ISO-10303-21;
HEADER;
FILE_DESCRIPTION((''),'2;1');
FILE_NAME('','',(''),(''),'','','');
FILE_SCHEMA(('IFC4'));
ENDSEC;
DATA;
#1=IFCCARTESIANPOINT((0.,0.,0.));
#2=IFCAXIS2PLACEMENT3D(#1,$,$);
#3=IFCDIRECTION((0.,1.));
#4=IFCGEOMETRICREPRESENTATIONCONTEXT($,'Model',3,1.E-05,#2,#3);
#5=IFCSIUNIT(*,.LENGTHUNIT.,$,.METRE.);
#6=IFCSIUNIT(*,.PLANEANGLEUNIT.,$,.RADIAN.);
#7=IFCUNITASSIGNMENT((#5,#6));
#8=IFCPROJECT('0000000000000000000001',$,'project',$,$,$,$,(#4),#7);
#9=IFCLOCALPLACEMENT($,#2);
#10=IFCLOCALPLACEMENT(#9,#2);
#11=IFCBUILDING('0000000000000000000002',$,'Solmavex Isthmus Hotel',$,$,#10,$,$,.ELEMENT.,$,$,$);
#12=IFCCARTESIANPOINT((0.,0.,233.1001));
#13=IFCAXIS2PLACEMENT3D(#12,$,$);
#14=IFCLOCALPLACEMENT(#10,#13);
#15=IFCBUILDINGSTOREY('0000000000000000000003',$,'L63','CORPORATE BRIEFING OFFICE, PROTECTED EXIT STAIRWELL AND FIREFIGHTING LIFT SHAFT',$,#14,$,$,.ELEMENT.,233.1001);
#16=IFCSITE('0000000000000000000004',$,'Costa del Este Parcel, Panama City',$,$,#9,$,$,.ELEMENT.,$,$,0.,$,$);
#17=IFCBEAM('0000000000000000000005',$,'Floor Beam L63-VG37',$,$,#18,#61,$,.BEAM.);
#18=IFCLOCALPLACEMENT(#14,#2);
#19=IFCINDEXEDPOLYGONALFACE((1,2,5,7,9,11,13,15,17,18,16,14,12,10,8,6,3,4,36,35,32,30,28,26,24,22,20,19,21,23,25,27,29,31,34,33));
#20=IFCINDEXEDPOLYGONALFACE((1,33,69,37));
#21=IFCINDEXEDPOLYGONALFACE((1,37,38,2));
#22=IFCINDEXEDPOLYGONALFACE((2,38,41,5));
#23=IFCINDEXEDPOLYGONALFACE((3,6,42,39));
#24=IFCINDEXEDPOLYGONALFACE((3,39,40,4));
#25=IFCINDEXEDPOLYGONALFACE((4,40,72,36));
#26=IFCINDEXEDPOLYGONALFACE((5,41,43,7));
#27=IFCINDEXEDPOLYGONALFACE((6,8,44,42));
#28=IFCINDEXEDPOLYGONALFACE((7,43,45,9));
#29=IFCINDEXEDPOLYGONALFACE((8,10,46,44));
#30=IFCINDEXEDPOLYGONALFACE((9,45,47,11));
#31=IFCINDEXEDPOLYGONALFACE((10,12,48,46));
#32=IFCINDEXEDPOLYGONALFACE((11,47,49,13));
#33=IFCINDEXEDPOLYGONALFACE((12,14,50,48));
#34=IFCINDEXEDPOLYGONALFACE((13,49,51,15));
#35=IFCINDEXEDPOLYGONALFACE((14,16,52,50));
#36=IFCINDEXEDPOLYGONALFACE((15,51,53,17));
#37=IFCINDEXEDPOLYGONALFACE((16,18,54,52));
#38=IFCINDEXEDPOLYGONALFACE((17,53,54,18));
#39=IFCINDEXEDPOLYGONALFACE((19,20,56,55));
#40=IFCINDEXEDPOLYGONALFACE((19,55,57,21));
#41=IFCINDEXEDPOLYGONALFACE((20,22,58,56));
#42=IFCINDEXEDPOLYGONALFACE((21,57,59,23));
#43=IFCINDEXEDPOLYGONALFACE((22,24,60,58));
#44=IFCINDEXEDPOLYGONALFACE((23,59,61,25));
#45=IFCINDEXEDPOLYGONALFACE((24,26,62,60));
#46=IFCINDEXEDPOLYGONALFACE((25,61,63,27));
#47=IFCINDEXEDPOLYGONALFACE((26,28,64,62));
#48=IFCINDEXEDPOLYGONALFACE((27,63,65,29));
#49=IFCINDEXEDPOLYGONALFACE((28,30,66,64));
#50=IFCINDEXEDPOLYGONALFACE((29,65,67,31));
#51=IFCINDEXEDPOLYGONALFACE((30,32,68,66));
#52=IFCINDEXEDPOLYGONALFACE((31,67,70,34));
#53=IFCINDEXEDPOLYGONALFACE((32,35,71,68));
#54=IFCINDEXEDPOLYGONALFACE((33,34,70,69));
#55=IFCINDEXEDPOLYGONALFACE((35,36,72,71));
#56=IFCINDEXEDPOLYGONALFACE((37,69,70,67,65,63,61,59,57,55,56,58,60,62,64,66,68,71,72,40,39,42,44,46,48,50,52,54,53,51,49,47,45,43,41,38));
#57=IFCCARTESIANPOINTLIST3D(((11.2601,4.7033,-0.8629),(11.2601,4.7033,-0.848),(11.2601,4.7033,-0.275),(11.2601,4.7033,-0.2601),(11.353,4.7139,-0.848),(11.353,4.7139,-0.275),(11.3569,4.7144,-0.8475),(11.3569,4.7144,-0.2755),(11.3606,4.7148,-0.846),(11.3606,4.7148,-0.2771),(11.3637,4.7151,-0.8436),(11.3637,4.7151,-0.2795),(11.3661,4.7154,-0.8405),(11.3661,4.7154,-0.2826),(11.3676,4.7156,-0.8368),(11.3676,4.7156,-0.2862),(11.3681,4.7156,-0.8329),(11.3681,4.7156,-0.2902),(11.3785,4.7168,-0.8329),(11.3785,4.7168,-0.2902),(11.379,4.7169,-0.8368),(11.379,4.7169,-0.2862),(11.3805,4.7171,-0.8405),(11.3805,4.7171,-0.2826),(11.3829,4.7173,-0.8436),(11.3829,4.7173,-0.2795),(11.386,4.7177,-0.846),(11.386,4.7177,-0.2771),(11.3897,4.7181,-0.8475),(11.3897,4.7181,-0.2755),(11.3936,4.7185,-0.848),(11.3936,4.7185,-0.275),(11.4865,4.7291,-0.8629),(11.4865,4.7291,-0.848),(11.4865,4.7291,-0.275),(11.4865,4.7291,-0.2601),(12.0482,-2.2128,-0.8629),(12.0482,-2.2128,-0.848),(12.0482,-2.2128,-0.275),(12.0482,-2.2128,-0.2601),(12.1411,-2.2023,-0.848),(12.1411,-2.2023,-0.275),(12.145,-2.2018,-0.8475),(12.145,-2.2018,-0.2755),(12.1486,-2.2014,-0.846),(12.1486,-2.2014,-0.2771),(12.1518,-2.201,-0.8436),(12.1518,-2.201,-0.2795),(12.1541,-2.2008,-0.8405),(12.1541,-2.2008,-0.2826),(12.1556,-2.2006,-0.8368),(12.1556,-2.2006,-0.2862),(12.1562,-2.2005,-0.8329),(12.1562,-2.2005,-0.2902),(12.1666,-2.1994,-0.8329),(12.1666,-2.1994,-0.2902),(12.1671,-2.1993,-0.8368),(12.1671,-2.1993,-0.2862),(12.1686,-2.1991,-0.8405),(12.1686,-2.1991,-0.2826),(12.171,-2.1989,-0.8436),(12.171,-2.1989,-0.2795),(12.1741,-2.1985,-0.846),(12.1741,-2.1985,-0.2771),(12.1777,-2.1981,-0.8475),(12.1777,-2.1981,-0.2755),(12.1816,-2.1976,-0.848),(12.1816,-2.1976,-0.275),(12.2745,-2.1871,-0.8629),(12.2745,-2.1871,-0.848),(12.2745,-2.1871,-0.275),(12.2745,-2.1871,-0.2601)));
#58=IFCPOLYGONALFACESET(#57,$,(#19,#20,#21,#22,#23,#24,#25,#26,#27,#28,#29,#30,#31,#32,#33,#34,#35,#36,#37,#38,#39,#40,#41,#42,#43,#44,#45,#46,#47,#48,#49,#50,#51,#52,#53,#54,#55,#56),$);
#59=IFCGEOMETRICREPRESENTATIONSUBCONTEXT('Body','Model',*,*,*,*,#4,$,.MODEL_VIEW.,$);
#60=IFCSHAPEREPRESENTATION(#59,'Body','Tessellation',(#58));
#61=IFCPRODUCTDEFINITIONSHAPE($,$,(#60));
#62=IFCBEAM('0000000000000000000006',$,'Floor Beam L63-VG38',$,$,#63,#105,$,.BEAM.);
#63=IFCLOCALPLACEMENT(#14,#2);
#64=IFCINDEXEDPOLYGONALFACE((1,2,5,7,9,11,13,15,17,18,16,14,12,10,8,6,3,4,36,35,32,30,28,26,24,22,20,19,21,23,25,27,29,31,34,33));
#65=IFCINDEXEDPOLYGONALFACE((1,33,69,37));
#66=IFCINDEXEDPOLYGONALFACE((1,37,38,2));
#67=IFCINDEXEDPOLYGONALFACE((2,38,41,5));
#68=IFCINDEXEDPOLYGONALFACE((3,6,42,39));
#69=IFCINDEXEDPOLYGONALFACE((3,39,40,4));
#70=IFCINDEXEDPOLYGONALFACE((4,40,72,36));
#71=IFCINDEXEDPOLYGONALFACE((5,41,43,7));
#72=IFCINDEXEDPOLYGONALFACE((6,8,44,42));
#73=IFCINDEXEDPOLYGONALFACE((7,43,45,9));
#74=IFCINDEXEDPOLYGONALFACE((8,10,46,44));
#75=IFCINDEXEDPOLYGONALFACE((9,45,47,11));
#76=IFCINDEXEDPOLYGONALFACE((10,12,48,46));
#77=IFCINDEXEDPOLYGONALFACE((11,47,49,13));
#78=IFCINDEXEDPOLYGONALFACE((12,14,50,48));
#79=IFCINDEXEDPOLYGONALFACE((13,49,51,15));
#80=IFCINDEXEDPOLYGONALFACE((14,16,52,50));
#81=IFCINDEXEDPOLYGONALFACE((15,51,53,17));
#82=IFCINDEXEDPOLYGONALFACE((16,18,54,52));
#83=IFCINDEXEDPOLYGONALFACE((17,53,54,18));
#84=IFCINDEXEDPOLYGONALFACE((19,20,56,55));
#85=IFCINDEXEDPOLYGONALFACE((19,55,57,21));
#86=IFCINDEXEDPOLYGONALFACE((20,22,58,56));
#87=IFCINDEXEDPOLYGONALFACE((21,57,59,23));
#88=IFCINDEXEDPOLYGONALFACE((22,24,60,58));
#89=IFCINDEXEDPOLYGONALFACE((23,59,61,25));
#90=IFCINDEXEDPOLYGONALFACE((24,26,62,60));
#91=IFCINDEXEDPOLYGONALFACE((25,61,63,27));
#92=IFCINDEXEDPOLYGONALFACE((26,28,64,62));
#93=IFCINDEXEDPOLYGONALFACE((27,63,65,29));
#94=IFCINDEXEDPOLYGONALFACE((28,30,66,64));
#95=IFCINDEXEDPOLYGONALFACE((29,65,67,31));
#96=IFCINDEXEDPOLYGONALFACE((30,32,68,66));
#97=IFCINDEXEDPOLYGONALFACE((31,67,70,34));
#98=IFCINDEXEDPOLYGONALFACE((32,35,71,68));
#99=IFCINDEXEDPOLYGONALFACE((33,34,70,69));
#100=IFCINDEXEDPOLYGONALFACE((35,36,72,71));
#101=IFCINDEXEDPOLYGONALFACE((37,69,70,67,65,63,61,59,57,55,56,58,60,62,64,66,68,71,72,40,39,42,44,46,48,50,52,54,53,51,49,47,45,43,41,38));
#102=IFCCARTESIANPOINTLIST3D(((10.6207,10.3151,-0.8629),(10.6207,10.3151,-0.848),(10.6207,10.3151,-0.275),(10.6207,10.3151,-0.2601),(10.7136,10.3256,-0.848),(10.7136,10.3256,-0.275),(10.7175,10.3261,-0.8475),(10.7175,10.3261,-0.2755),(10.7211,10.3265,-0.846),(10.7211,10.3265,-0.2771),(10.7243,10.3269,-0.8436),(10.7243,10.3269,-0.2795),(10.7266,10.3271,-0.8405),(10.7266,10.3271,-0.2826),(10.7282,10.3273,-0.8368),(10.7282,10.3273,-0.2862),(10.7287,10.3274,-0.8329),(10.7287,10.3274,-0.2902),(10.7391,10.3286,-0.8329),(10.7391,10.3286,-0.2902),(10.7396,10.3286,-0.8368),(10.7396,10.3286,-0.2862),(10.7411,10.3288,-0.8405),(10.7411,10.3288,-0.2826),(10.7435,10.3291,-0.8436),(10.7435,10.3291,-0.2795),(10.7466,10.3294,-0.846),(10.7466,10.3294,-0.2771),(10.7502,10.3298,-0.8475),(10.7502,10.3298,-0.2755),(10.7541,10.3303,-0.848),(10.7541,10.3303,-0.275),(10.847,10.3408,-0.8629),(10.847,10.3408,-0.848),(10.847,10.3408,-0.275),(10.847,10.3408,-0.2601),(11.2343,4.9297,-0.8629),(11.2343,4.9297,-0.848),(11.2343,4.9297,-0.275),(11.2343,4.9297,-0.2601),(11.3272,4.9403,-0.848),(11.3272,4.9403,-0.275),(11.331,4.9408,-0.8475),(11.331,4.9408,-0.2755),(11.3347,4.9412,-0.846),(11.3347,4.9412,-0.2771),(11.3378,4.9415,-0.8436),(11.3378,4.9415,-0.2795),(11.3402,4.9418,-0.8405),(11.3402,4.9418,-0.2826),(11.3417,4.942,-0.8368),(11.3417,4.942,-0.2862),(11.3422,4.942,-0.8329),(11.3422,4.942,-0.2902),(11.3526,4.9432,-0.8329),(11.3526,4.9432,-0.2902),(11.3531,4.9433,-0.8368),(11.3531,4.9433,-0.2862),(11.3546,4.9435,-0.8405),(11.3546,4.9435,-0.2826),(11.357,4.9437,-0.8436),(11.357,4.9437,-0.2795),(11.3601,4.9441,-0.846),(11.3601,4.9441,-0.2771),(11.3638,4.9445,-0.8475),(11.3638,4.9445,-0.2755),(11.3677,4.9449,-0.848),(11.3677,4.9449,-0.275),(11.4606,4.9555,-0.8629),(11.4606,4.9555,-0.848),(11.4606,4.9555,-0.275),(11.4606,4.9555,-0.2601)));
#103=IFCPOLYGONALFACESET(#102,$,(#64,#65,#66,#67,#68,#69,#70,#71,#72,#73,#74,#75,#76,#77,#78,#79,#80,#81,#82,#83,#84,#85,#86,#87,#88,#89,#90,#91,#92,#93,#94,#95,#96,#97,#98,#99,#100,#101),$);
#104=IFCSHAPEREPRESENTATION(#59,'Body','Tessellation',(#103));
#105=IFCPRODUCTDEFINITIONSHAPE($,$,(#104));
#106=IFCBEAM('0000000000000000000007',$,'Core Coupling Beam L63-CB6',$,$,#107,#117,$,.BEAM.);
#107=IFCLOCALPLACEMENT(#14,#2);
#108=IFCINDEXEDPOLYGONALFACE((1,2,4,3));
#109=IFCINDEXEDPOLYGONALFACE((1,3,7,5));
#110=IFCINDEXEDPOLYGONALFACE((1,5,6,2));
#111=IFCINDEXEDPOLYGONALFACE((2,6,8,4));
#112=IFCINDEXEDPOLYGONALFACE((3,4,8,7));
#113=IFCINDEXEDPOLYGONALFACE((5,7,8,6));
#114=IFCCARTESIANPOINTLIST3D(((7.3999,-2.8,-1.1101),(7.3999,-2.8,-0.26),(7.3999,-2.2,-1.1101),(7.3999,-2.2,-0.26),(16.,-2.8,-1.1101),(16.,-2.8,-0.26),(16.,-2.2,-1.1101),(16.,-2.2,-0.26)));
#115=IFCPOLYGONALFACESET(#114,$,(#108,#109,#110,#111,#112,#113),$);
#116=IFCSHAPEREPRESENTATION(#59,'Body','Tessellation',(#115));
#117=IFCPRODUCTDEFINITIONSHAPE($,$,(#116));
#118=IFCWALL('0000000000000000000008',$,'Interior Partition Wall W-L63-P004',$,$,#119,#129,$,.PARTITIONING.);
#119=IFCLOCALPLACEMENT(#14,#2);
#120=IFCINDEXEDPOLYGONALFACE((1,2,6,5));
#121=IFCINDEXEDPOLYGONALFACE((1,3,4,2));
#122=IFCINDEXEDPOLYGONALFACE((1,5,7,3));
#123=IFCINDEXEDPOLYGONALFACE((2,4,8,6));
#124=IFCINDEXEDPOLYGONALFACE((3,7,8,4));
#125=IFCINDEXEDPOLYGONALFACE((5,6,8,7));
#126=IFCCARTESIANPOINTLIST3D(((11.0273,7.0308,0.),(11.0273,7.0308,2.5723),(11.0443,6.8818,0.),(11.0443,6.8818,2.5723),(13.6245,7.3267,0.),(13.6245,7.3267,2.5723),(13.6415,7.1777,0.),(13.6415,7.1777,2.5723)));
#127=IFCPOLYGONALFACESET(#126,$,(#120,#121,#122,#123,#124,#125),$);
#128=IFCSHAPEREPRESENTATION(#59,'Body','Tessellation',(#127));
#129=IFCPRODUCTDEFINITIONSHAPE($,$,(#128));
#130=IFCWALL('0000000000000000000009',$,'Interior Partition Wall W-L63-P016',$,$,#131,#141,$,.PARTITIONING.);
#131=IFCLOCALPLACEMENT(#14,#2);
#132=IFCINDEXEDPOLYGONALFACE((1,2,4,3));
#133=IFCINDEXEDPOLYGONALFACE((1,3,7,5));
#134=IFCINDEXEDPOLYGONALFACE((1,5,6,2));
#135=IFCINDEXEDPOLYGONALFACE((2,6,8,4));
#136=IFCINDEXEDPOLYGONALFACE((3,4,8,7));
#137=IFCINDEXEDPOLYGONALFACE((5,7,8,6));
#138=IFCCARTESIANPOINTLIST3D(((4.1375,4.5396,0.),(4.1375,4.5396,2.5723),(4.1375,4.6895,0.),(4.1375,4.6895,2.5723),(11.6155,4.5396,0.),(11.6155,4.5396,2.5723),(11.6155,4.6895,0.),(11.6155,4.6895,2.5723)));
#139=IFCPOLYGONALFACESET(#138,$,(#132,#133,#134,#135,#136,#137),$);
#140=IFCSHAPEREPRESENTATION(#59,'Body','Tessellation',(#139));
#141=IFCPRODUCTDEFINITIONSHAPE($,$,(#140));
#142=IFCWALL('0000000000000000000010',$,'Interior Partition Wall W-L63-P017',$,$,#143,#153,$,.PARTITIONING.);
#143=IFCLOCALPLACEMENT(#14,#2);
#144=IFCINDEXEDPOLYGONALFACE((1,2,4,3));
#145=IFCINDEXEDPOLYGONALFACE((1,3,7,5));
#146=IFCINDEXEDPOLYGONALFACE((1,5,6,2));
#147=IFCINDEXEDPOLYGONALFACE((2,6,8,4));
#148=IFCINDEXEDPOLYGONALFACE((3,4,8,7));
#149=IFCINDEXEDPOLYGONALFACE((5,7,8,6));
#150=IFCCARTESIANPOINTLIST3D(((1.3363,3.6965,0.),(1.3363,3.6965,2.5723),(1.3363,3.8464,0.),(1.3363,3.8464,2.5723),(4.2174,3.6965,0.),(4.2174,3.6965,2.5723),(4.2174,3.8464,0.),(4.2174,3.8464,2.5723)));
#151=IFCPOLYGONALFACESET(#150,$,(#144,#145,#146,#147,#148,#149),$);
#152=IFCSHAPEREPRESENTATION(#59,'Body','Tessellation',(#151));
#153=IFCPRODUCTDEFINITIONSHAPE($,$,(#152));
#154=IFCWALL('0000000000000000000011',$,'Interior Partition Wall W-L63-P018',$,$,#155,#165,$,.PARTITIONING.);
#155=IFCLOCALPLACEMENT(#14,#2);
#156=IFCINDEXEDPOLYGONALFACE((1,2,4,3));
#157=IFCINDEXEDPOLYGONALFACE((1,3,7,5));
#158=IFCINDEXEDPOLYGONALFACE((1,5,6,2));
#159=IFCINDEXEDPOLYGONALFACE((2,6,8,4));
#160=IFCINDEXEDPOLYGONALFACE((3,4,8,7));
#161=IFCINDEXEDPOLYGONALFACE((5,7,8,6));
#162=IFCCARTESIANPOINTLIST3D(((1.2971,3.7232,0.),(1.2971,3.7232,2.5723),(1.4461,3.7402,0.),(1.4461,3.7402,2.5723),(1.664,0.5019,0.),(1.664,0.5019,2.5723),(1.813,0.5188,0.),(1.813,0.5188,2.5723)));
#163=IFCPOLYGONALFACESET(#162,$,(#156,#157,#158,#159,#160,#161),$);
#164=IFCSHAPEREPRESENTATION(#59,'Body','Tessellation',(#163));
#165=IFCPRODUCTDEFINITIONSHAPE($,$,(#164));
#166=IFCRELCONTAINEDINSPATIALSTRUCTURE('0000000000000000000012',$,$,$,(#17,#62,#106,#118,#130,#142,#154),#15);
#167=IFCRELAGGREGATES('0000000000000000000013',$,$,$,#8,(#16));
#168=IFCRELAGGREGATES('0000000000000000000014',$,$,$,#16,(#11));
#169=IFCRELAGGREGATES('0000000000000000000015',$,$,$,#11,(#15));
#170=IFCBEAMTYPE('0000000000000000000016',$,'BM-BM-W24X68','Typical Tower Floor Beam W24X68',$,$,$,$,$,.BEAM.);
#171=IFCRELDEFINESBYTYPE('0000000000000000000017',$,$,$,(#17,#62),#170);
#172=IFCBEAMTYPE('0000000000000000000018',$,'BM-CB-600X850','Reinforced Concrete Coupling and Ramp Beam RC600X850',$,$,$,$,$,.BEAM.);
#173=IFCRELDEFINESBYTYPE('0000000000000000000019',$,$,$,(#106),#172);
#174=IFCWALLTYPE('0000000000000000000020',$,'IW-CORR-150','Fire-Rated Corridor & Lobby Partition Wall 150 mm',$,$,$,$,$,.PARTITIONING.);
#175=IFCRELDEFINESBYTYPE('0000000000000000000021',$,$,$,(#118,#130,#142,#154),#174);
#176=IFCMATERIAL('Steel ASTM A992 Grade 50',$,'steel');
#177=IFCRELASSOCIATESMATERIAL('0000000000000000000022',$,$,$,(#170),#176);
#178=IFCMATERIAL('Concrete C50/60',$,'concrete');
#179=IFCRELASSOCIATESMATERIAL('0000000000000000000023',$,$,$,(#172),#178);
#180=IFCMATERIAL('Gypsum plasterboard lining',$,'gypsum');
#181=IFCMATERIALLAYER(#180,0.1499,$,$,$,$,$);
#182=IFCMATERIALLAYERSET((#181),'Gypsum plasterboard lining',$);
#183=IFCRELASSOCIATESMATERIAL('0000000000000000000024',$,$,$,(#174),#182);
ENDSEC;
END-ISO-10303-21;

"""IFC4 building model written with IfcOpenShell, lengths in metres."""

from ifc_helpers import new_model, si_unit, direction, frame, frame_2d, origin, origin_2d, place, context, subcontext, project, spatial, rectangle, i_section, extrude, material, layer, layer_set, material_profile, profile_set, type_object, element, save


model = new_model("IFC4")

# Units and contexts
model_context = context("Model", 3, precision=1e-05, world=origin(), true_north=direction((0.0, 1.0)))
body_context = subcontext(model_context, "Body", "Model", "MODEL_VIEW")
ifc_project = project(units=[si_unit("LENGTHUNIT", "METRE"), si_unit("PLANEANGLEUNIT", "RADIAN")], contexts=[model_context])

# Site, building, storey
site_placement = place(None, origin())
site = spatial("IfcSite", under=ifc_project, at=site_placement, Name="Costa del Este Parcel, Panama City", CompositionType="ELEMENT", RefElevation=0.0)
building_placement = place(site_placement, origin())
building = spatial("IfcBuilding", under=site, at=building_placement, Name="Solmavex Isthmus Hotel", CompositionType="ELEMENT")
storey_placement = place(building_placement, frame((0.0, 0.0, 233.1001)))
storey = spatial("IfcBuildingStorey", under=building, at=storey_placement, Name="L63", Description="CORPORATE BRIEFING OFFICE, PROTECTED EXIT STAIRWELL AND FIREFIGHTING LIFT SHAFT", CompositionType="ELEMENT", Elevation=233.1001)

# Shared definitions
ifc_material_1 = material(Name="Concrete C50/60", Category="concrete")

# Beams
ifc_material_2 = material(Name="Steel ASTM A992 Grade 50", Category="steel")
ifc_material_profile_1 = material_profile(ifc_material_2, i_section(OverallWidth=0.2278, OverallDepth=0.6028, WebThickness=0.0105, FlangeThickness=0.0149, FilletRadius=0.0151, at=origin_2d()), Name="W24X68")
ifc_profile_set_1 = profile_set([ifc_material_profile_1], Name="Steel ASTM A992 Grade 50")
beam_type_1 = type_object("IfcBeamType", Name="BM-BM-W24X68", Description="Typical Tower Floor Beam W24X68", PredefinedType="BEAM", material=ifc_profile_set_1)
beam_1_placement = place(storey_placement, frame((12.1614, -2.2, -0.5615), z_axis=(-0.113214, 0.993571, 0.0), x_axis=(-0.993571, -0.113214, 0.0)))
element("IfcBeam", 1, at=beam_1_placement, inside=storey, type_object=beam_type_1, Name="Floor Beam L63-VG37", PredefinedType="BEAM", context=body_context, shape_type="SweptSolid", body=[
    extrude(i_section(OverallWidth=0.2278, OverallDepth=0.6028, WebThickness=0.0105, FlangeThickness=0.0149, FilletRadius=0.0151, at=origin_2d()), origin(), (0.0, 0.0, 1.0), 6.9609),
])
beam_2_placement = place(storey_placement, frame((11.3474, 4.9426, -0.5615), z_axis=(-0.113195, 0.993573, 0.0), x_axis=(-0.993573, -0.113195, 0.0)))
element("IfcBeam", 2, at=beam_2_placement, inside=storey, type_object=beam_type_1, Name="Floor Beam L63-VG38", PredefinedType="BEAM", context=body_context, shape_type="SweptSolid", body=[
    extrude(i_section(OverallWidth=0.2278, OverallDepth=0.6028, WebThickness=0.0105, FlangeThickness=0.0149, FilletRadius=0.0151, at=origin_2d()), origin(), (0.0, 0.0, 1.0), 5.4202),
])
ifc_material_profile_2 = material_profile(ifc_material_1, rectangle(XDim=0.6001, YDim=0.8501, at=origin_2d()), Name="RC600X850")
ifc_profile_set_2 = profile_set([ifc_material_profile_2], Name="Concrete C50/60")
beam_type_2 = type_object("IfcBeamType", Name="BM-CB-600X850", Description="Reinforced Concrete Coupling and Ramp Beam RC600X850", PredefinedType="BEAM", material=ifc_profile_set_2)
beam_3_placement = place(storey_placement, frame((7.3999, -2.5, -0.6851), z_axis=(1.0, 0.0, 0.0), x_axis=(0.0, 1.0, 0.0)))
element("IfcBeam", 3, at=beam_3_placement, inside=storey, type_object=beam_type_2, Name="Core Coupling Beam L63-CB6", PredefinedType="BEAM", context=body_context, shape_type="SweptSolid", body=[
    extrude(rectangle(XDim=0.6001, YDim=0.8501, at=origin_2d()), origin(), (0.0, 0.0, 1.0), 8.6001),
])

# Walls
ifc_material_3 = material(Name="Gypsum plasterboard lining", Category="gypsum")
ifc_layer_1 = layer(ifc_material_3, 0.1499)
ifc_layer_set_1 = layer_set([ifc_layer_1], Name="Gypsum plasterboard lining")
wall_type_1 = type_object("IfcWallType", Name="IW-CORR-150", Description="Fire-Rated Corridor & Lobby Partition Wall 150 mm", PredefinedType="PARTITIONING", material=ifc_layer_set_1)
wall_1_placement = place(storey_placement, frame((11.0356, 6.9563, 0.0), z_axis=(0.0, 0.0, 1.0), x_axis=(0.993572, 0.113199, 0.0)))
element("IfcWall", 4, at=wall_1_placement, inside=storey, type_object=wall_type_1, Name="Interior Partition Wall W-L63-P004", PredefinedType="PARTITIONING", context=body_context, shape_type="SweptSolid", body=[
    extrude(rectangle(XDim=2.614, YDim=0.1499, at=frame_2d((1.3071, 0.0))), origin(), (0.0, 0.0, 1.0), 2.5723),
])
wall_2_placement = place(storey_placement, frame((11.6155, 4.6145, 0.0), z_axis=(0.0, 0.0, 1.0), x_axis=(-1.0, 0.0, 0.0)))
element("IfcWall", 5, at=wall_2_placement, inside=storey, type_object=wall_type_1, Name="Interior Partition Wall W-L63-P016", PredefinedType="PARTITIONING", context=body_context, shape_type="SweptSolid", body=[
    extrude(rectangle(XDim=7.478, YDim=0.1499, at=frame_2d((3.739, 0.0))), origin(), (0.0, 0.0, 1.0), 2.5723),
])
wall_3_placement = place(storey_placement, frame((4.2173, 3.7715, 0.0), z_axis=(0.0, 0.0, 1.0), x_axis=(-1.0, 0.0, 0.0)))
element("IfcWall", 6, at=wall_3_placement, inside=storey, type_object=wall_type_1, Name="Interior Partition Wall W-L63-P017", PredefinedType="PARTITIONING", context=body_context, shape_type="SweptSolid", body=[
    extrude(rectangle(XDim=2.8811, YDim=0.1499, at=frame_2d((1.4404, 0.0))), origin(), (0.0, 0.0, 1.0), 2.5723),
])
wall_4_placement = place(storey_placement, frame((1.3716, 3.7317, 0.0), z_axis=(0.0, 0.0, 1.0), x_axis=(0.113175, -0.993575, 0.0)))
element("IfcWall", 7, at=wall_4_placement, inside=storey, type_object=wall_type_1, Name="Interior Partition Wall W-L63-P018", PredefinedType="PARTITIONING", context=body_context, shape_type="SweptSolid", body=[
    extrude(rectangle(XDim=3.2422, YDim=0.1499, at=frame_2d((1.6211, 0.0))), origin(), (0.0, 0.0, 1.0), 2.5723),
])

save(model, "model.ifc")
